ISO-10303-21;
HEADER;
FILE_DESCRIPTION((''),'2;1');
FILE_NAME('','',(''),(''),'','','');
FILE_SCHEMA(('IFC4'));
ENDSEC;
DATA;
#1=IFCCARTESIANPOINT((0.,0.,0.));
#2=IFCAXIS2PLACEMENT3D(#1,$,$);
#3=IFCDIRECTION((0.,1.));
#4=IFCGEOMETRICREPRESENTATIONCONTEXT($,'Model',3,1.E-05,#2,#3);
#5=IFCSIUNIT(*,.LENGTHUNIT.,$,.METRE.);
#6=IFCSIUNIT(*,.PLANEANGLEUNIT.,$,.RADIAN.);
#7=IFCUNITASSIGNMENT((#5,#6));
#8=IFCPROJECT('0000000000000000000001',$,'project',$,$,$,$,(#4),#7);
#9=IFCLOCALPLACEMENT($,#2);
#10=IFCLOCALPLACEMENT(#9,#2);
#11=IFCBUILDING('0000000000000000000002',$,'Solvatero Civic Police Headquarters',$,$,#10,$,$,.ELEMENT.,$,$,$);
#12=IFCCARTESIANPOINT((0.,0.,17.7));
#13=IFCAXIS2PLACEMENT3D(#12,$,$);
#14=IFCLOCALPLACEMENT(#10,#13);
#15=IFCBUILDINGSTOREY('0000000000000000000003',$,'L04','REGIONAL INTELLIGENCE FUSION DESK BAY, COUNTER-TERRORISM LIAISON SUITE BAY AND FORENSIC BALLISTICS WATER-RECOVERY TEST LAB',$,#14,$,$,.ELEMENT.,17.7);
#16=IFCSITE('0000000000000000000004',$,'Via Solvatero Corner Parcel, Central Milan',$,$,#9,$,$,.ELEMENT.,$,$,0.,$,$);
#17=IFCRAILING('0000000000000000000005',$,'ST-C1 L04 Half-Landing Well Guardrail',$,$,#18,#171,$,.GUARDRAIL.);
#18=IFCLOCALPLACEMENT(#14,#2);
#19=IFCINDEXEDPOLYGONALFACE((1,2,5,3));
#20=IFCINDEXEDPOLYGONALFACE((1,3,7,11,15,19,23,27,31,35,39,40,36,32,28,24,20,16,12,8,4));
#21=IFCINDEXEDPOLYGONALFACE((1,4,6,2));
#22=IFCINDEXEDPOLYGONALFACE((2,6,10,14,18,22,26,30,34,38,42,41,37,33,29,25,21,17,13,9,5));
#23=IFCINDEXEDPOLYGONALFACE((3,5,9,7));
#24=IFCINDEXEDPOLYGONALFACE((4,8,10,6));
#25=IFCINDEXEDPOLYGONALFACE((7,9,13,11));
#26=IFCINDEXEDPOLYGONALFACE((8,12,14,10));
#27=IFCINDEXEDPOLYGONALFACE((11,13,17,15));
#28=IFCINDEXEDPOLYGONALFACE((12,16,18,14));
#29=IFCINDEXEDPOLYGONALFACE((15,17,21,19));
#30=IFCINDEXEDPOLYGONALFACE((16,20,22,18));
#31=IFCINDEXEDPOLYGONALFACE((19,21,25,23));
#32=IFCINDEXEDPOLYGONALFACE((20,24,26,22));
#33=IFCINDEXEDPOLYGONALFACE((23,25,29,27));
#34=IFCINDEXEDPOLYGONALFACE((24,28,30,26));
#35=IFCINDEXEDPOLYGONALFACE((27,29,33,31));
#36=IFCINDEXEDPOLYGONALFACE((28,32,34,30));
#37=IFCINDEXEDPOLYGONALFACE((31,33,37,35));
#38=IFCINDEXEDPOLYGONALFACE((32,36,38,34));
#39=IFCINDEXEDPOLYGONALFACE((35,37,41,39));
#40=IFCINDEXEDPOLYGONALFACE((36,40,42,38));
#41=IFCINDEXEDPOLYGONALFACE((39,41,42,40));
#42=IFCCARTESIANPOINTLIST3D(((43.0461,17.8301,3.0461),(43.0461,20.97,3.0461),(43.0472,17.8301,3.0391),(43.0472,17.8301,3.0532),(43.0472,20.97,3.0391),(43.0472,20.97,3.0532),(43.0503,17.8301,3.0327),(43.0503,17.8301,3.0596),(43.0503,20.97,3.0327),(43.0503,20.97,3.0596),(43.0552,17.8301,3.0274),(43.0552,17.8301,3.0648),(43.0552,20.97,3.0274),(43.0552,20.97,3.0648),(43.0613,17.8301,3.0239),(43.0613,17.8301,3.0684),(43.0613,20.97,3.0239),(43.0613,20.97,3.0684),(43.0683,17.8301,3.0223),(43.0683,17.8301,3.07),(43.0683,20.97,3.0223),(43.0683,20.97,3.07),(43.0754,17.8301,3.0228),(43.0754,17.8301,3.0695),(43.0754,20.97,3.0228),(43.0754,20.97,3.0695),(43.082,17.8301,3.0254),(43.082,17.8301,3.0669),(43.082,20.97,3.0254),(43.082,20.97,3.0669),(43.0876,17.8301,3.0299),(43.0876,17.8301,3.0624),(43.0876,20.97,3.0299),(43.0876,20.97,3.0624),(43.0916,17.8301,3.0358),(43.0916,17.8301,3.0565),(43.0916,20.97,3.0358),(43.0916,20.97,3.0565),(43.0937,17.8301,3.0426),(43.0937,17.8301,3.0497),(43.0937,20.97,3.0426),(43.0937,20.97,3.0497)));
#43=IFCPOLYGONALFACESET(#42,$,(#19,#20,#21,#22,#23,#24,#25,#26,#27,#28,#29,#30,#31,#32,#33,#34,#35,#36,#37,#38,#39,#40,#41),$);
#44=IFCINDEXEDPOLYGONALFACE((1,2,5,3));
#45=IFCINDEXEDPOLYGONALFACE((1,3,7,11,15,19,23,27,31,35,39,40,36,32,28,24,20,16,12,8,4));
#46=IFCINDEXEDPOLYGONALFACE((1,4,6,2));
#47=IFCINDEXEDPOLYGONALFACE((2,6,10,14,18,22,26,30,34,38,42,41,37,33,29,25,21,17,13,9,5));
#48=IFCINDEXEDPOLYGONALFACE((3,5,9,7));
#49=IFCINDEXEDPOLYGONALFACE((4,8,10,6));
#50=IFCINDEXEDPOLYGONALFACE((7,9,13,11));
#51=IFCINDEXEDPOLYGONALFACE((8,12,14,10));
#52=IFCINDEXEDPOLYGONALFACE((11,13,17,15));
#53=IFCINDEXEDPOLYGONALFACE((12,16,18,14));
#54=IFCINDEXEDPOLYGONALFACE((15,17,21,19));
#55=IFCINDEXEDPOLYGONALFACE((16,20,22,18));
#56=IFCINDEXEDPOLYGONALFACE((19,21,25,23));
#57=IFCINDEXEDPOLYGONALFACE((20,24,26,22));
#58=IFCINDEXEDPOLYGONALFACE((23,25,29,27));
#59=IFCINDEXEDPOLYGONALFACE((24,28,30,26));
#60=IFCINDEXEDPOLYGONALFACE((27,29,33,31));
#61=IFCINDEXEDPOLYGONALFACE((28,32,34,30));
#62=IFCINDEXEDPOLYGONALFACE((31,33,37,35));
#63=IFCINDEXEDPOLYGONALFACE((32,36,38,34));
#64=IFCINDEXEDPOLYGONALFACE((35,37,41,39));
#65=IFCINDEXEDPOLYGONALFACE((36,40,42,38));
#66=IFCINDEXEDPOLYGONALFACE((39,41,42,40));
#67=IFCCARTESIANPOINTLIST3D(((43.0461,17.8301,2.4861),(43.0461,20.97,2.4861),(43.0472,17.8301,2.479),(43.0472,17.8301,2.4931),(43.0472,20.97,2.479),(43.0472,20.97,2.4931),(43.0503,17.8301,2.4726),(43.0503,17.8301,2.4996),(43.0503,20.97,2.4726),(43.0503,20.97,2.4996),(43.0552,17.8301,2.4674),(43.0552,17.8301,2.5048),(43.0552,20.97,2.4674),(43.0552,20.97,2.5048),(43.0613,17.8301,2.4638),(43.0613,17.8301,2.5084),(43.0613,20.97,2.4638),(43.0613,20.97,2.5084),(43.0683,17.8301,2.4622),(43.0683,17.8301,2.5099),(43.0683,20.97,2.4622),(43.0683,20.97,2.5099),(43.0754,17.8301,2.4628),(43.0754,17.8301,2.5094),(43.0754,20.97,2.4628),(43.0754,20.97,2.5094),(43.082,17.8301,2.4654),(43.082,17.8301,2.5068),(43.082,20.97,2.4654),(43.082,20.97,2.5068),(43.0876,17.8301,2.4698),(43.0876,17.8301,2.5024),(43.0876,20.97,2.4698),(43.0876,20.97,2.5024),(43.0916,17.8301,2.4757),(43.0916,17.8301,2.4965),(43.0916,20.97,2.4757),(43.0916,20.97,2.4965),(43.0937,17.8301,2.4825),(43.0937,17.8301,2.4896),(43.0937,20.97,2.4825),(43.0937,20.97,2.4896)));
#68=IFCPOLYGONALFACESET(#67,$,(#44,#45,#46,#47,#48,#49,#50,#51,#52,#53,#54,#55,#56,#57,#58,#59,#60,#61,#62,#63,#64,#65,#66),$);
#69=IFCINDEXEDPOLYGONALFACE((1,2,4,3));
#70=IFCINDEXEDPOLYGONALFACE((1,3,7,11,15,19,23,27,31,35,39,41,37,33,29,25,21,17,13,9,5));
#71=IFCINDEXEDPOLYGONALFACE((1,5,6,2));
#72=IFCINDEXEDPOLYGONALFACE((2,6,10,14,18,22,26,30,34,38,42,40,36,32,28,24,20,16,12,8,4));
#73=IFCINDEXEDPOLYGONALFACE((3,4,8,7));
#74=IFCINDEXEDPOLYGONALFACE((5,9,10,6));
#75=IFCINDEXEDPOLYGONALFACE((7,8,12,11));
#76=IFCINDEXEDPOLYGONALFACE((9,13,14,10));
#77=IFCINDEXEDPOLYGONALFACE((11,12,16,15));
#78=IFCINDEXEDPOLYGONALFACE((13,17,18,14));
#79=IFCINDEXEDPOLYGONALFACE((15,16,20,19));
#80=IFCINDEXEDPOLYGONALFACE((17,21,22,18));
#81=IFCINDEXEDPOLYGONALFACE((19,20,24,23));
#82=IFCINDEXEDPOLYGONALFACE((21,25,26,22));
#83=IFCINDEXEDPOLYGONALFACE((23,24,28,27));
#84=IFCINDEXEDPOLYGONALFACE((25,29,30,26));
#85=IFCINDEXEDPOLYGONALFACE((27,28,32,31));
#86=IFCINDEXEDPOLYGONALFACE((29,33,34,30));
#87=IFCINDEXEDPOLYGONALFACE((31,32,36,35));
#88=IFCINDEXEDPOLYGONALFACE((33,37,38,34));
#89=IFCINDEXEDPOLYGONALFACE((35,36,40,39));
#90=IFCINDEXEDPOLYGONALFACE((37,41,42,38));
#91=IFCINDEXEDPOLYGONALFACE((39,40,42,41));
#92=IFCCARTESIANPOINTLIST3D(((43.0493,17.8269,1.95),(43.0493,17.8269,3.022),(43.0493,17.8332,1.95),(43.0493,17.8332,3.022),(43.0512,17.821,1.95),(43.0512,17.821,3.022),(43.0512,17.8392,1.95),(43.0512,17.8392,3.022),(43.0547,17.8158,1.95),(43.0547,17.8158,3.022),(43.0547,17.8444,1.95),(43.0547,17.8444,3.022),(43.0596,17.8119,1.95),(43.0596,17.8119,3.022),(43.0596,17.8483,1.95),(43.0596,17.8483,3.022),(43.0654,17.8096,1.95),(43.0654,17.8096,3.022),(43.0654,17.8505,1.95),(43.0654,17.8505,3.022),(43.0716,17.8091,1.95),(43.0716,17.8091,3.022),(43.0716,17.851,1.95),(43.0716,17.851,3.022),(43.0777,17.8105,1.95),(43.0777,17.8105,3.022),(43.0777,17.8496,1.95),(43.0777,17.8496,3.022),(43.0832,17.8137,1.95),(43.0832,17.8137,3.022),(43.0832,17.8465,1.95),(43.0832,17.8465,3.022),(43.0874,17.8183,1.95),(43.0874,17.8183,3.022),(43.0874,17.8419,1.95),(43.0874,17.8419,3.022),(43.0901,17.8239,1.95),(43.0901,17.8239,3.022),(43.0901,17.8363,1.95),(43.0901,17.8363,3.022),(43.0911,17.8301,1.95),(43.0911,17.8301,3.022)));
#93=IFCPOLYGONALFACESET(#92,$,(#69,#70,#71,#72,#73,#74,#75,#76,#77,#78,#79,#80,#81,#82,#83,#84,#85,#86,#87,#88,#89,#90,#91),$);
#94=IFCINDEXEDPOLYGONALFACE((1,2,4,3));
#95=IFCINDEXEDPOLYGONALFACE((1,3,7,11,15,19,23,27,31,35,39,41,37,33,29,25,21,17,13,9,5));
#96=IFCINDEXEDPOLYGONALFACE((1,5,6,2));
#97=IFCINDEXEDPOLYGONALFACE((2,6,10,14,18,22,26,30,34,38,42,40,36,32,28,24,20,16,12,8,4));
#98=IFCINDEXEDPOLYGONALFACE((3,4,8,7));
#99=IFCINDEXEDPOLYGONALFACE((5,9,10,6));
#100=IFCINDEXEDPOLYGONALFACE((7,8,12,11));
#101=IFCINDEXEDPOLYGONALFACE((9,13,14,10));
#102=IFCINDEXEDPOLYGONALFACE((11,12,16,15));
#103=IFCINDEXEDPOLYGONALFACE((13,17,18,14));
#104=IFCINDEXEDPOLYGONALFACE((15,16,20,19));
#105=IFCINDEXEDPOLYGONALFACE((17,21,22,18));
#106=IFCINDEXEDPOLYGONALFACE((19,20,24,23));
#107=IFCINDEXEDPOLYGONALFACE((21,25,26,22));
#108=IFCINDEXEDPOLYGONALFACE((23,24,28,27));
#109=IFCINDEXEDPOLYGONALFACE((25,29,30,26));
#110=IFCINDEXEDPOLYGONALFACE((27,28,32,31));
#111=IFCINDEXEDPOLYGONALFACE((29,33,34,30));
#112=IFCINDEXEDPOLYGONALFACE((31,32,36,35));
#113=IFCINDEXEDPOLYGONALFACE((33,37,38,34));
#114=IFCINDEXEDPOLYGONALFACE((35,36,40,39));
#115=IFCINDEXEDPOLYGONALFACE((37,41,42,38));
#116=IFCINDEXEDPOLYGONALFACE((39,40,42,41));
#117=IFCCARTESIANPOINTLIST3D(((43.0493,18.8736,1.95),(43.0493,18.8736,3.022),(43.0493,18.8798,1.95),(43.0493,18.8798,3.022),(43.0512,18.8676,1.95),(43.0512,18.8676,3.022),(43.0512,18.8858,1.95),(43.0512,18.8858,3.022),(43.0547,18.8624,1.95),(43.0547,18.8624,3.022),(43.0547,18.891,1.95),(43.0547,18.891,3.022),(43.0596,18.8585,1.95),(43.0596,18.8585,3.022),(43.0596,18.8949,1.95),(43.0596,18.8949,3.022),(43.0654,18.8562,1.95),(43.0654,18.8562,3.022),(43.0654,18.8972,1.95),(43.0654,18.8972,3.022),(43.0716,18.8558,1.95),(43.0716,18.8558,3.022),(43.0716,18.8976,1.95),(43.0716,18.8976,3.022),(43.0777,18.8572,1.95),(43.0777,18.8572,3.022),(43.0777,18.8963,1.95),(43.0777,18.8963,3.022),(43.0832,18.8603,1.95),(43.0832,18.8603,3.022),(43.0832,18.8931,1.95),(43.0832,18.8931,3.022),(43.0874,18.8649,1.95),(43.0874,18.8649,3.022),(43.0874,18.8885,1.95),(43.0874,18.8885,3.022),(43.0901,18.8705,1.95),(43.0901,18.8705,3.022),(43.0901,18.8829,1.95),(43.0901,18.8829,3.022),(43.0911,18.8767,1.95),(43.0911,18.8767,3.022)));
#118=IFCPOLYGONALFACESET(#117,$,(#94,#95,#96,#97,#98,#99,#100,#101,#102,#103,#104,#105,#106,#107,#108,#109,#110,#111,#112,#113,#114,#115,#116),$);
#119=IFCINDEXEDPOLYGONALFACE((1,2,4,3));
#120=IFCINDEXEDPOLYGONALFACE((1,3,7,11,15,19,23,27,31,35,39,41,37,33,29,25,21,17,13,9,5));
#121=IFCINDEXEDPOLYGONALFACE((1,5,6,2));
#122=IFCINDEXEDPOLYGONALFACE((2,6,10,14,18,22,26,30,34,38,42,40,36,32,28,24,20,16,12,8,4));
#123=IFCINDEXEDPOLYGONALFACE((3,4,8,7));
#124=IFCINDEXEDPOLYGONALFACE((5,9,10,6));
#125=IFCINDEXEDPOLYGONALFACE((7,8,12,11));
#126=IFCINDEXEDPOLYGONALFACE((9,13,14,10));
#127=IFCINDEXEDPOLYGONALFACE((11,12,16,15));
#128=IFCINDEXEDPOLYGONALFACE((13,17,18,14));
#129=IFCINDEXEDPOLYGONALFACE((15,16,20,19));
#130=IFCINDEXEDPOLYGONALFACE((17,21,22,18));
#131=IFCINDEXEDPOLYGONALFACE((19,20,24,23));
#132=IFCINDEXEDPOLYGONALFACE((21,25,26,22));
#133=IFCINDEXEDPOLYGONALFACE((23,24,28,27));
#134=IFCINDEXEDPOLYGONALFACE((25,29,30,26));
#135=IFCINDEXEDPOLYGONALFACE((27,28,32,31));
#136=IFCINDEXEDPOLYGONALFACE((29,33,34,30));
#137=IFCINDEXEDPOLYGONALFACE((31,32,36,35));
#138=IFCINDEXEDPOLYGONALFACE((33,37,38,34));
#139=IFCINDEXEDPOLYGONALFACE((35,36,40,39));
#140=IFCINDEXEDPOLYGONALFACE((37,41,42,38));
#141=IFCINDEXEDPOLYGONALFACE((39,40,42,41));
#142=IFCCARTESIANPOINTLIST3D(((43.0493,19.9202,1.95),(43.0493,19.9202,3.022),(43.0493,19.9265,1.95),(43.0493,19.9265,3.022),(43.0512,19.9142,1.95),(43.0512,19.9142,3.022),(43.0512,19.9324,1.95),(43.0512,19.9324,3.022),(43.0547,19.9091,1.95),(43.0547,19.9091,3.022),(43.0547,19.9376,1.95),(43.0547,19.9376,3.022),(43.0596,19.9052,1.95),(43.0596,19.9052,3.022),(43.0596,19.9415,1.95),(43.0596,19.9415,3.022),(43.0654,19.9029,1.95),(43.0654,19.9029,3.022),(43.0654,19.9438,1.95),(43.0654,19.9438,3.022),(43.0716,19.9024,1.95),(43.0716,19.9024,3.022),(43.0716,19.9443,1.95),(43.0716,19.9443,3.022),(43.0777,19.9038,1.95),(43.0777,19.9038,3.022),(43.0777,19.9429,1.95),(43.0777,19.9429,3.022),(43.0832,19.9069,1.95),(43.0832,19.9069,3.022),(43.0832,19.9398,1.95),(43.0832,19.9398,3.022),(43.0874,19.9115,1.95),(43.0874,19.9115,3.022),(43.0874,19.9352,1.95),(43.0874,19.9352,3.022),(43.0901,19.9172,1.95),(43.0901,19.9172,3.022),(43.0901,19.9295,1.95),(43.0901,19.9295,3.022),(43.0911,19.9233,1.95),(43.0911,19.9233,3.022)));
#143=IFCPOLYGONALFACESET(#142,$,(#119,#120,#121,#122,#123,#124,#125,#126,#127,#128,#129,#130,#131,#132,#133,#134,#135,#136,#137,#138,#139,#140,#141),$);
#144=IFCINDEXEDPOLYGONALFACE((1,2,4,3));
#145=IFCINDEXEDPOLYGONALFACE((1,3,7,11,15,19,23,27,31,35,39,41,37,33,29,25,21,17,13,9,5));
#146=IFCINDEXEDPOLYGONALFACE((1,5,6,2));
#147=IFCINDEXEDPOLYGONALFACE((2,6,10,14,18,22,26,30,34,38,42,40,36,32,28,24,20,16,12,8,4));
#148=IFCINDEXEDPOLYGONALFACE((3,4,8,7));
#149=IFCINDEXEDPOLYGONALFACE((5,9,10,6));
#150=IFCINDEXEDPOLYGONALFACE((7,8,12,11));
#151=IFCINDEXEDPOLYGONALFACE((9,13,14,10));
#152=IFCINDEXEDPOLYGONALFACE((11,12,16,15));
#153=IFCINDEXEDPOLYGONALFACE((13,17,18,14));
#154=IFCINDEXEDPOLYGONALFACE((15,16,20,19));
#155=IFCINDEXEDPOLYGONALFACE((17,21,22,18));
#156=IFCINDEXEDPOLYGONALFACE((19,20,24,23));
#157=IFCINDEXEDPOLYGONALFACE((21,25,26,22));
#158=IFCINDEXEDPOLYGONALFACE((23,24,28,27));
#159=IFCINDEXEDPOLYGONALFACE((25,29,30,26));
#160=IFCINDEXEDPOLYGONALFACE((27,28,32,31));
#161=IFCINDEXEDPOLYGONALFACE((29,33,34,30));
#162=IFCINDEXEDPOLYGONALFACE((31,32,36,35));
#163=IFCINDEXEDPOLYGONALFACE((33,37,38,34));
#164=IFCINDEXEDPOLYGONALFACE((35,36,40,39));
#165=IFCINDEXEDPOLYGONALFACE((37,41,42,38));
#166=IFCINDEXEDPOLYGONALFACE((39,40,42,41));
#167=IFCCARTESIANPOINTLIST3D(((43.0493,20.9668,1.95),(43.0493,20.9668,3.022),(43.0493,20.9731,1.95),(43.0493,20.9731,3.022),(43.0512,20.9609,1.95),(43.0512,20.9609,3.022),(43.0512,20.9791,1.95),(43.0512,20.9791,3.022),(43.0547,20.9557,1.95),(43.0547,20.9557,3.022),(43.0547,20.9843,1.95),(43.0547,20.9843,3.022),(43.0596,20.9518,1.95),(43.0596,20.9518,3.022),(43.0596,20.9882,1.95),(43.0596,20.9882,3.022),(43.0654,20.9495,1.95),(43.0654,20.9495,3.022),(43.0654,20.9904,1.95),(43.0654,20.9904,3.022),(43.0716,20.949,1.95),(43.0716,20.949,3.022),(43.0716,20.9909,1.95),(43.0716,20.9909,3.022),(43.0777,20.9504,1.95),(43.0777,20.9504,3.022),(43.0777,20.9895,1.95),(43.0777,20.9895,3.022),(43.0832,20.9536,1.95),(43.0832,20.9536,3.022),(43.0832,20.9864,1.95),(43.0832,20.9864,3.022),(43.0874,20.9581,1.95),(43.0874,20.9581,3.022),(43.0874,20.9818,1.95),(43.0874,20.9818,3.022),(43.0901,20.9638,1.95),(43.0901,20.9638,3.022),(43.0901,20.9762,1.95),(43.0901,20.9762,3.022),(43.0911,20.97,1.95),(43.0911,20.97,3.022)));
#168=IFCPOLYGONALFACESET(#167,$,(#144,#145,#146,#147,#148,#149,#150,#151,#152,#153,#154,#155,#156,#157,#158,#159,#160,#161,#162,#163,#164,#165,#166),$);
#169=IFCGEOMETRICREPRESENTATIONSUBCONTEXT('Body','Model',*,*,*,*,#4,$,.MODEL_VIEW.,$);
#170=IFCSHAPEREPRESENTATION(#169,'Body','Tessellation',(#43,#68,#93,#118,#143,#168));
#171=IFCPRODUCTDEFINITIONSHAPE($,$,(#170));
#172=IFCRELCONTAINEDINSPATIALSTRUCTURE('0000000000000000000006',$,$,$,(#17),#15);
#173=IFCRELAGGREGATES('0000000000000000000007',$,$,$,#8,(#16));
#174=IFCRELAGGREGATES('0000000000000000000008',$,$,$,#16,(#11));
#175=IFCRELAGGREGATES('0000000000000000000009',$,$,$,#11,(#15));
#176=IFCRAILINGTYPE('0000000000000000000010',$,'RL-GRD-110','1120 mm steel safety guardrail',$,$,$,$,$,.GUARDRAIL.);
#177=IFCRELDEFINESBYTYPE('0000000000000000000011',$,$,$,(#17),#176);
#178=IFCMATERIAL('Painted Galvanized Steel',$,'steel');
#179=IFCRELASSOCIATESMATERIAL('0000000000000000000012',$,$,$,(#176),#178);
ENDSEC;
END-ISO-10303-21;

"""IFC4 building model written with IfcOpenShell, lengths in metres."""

from ifc_helpers import new_model, si_unit, direction, frame, origin, origin_2d, place, context, subcontext, project, spatial, circle, extrude, material, type_object, element, save


model = new_model("IFC4")

# Units and contexts
model_context = context("Model", 3, precision=1e-05, world=origin(), true_north=direction((0.0, 1.0)))
body_context = subcontext(model_context, "Body", "Model", "MODEL_VIEW")
ifc_project = project(units=[si_unit("LENGTHUNIT", "METRE"), si_unit("PLANEANGLEUNIT", "RADIAN")], contexts=[model_context])

# Site, building, storey
site_placement = place(None, origin())
site = spatial("IfcSite", under=ifc_project, at=site_placement, Name="Via Solvatero Corner Parcel, Central Milan", CompositionType="ELEMENT", RefElevation=0.0)
building_placement = place(site_placement, origin())
building = spatial("IfcBuilding", under=site, at=building_placement, Name="Solvatero Civic Police Headquarters", CompositionType="ELEMENT")
storey_placement = place(building_placement, frame((0.0, 0.0, 17.7)))
storey = spatial("IfcBuildingStorey", under=building, at=storey_placement, Name="L04", Description="REGIONAL INTELLIGENCE FUSION DESK BAY, COUNTER-TERRORISM LIAISON SUITE BAY AND FORENSIC BALLISTICS WATER-RECOVERY TEST LAB", CompositionType="ELEMENT", Elevation=17.7)

# Railing
ifc_material_1 = material(Name="Painted Galvanized Steel", Category="steel")
railing_type_1 = type_object("IfcRailingType", Name="RL-GRD-110", Description="1120 mm steel safety guardrail", PredefinedType="GUARDRAIL", material=ifc_material_1)
railing_1_placement = place(storey_placement, frame((43.0701, 17.8301, 1.95)))
element("IfcRailing", 1, at=railing_1_placement, inside=storey, type_object=railing_type_1, Name="ST-C1 L04 Half-Landing Well Guardrail", PredefinedType="GUARDRAIL", context=body_context, shape_type="SweptSolid", body=[
    extrude(circle(Radius=0.0239, at=origin_2d()), frame((0.0, 0.0, 1.0962), z_axis=(0.0, 1.0, 0.0), x_axis=(-1.0, 0.0, 0.0)), (0.0, 0.0, 1.0), 3.1399),
    extrude(circle(Radius=0.0239, at=origin_2d()), frame((0.0, 0.0, 0.5361), z_axis=(0.0, 1.0, 0.0), x_axis=(-1.0, 0.0, 0.0)), (0.0, 0.0, 1.0), 3.1399),
    extrude(circle(Radius=0.021, at=origin_2d()), origin(), (0.0, 0.0, 1.0), 1.072),
    extrude(circle(Radius=0.021, at=origin_2d()), frame((0.0, 1.0466, 0.0)), (0.0, 0.0, 1.0), 1.072),
    extrude(circle(Radius=0.021, at=origin_2d()), frame((0.0, 2.0933, 0.0)), (0.0, 0.0, 1.0), 1.072),
    extrude(circle(Radius=0.021, at=origin_2d()), frame((0.0, 3.1399, 0.0)), (0.0, 0.0, 1.0), 1.072),
])

save(model, "model.ifc")
